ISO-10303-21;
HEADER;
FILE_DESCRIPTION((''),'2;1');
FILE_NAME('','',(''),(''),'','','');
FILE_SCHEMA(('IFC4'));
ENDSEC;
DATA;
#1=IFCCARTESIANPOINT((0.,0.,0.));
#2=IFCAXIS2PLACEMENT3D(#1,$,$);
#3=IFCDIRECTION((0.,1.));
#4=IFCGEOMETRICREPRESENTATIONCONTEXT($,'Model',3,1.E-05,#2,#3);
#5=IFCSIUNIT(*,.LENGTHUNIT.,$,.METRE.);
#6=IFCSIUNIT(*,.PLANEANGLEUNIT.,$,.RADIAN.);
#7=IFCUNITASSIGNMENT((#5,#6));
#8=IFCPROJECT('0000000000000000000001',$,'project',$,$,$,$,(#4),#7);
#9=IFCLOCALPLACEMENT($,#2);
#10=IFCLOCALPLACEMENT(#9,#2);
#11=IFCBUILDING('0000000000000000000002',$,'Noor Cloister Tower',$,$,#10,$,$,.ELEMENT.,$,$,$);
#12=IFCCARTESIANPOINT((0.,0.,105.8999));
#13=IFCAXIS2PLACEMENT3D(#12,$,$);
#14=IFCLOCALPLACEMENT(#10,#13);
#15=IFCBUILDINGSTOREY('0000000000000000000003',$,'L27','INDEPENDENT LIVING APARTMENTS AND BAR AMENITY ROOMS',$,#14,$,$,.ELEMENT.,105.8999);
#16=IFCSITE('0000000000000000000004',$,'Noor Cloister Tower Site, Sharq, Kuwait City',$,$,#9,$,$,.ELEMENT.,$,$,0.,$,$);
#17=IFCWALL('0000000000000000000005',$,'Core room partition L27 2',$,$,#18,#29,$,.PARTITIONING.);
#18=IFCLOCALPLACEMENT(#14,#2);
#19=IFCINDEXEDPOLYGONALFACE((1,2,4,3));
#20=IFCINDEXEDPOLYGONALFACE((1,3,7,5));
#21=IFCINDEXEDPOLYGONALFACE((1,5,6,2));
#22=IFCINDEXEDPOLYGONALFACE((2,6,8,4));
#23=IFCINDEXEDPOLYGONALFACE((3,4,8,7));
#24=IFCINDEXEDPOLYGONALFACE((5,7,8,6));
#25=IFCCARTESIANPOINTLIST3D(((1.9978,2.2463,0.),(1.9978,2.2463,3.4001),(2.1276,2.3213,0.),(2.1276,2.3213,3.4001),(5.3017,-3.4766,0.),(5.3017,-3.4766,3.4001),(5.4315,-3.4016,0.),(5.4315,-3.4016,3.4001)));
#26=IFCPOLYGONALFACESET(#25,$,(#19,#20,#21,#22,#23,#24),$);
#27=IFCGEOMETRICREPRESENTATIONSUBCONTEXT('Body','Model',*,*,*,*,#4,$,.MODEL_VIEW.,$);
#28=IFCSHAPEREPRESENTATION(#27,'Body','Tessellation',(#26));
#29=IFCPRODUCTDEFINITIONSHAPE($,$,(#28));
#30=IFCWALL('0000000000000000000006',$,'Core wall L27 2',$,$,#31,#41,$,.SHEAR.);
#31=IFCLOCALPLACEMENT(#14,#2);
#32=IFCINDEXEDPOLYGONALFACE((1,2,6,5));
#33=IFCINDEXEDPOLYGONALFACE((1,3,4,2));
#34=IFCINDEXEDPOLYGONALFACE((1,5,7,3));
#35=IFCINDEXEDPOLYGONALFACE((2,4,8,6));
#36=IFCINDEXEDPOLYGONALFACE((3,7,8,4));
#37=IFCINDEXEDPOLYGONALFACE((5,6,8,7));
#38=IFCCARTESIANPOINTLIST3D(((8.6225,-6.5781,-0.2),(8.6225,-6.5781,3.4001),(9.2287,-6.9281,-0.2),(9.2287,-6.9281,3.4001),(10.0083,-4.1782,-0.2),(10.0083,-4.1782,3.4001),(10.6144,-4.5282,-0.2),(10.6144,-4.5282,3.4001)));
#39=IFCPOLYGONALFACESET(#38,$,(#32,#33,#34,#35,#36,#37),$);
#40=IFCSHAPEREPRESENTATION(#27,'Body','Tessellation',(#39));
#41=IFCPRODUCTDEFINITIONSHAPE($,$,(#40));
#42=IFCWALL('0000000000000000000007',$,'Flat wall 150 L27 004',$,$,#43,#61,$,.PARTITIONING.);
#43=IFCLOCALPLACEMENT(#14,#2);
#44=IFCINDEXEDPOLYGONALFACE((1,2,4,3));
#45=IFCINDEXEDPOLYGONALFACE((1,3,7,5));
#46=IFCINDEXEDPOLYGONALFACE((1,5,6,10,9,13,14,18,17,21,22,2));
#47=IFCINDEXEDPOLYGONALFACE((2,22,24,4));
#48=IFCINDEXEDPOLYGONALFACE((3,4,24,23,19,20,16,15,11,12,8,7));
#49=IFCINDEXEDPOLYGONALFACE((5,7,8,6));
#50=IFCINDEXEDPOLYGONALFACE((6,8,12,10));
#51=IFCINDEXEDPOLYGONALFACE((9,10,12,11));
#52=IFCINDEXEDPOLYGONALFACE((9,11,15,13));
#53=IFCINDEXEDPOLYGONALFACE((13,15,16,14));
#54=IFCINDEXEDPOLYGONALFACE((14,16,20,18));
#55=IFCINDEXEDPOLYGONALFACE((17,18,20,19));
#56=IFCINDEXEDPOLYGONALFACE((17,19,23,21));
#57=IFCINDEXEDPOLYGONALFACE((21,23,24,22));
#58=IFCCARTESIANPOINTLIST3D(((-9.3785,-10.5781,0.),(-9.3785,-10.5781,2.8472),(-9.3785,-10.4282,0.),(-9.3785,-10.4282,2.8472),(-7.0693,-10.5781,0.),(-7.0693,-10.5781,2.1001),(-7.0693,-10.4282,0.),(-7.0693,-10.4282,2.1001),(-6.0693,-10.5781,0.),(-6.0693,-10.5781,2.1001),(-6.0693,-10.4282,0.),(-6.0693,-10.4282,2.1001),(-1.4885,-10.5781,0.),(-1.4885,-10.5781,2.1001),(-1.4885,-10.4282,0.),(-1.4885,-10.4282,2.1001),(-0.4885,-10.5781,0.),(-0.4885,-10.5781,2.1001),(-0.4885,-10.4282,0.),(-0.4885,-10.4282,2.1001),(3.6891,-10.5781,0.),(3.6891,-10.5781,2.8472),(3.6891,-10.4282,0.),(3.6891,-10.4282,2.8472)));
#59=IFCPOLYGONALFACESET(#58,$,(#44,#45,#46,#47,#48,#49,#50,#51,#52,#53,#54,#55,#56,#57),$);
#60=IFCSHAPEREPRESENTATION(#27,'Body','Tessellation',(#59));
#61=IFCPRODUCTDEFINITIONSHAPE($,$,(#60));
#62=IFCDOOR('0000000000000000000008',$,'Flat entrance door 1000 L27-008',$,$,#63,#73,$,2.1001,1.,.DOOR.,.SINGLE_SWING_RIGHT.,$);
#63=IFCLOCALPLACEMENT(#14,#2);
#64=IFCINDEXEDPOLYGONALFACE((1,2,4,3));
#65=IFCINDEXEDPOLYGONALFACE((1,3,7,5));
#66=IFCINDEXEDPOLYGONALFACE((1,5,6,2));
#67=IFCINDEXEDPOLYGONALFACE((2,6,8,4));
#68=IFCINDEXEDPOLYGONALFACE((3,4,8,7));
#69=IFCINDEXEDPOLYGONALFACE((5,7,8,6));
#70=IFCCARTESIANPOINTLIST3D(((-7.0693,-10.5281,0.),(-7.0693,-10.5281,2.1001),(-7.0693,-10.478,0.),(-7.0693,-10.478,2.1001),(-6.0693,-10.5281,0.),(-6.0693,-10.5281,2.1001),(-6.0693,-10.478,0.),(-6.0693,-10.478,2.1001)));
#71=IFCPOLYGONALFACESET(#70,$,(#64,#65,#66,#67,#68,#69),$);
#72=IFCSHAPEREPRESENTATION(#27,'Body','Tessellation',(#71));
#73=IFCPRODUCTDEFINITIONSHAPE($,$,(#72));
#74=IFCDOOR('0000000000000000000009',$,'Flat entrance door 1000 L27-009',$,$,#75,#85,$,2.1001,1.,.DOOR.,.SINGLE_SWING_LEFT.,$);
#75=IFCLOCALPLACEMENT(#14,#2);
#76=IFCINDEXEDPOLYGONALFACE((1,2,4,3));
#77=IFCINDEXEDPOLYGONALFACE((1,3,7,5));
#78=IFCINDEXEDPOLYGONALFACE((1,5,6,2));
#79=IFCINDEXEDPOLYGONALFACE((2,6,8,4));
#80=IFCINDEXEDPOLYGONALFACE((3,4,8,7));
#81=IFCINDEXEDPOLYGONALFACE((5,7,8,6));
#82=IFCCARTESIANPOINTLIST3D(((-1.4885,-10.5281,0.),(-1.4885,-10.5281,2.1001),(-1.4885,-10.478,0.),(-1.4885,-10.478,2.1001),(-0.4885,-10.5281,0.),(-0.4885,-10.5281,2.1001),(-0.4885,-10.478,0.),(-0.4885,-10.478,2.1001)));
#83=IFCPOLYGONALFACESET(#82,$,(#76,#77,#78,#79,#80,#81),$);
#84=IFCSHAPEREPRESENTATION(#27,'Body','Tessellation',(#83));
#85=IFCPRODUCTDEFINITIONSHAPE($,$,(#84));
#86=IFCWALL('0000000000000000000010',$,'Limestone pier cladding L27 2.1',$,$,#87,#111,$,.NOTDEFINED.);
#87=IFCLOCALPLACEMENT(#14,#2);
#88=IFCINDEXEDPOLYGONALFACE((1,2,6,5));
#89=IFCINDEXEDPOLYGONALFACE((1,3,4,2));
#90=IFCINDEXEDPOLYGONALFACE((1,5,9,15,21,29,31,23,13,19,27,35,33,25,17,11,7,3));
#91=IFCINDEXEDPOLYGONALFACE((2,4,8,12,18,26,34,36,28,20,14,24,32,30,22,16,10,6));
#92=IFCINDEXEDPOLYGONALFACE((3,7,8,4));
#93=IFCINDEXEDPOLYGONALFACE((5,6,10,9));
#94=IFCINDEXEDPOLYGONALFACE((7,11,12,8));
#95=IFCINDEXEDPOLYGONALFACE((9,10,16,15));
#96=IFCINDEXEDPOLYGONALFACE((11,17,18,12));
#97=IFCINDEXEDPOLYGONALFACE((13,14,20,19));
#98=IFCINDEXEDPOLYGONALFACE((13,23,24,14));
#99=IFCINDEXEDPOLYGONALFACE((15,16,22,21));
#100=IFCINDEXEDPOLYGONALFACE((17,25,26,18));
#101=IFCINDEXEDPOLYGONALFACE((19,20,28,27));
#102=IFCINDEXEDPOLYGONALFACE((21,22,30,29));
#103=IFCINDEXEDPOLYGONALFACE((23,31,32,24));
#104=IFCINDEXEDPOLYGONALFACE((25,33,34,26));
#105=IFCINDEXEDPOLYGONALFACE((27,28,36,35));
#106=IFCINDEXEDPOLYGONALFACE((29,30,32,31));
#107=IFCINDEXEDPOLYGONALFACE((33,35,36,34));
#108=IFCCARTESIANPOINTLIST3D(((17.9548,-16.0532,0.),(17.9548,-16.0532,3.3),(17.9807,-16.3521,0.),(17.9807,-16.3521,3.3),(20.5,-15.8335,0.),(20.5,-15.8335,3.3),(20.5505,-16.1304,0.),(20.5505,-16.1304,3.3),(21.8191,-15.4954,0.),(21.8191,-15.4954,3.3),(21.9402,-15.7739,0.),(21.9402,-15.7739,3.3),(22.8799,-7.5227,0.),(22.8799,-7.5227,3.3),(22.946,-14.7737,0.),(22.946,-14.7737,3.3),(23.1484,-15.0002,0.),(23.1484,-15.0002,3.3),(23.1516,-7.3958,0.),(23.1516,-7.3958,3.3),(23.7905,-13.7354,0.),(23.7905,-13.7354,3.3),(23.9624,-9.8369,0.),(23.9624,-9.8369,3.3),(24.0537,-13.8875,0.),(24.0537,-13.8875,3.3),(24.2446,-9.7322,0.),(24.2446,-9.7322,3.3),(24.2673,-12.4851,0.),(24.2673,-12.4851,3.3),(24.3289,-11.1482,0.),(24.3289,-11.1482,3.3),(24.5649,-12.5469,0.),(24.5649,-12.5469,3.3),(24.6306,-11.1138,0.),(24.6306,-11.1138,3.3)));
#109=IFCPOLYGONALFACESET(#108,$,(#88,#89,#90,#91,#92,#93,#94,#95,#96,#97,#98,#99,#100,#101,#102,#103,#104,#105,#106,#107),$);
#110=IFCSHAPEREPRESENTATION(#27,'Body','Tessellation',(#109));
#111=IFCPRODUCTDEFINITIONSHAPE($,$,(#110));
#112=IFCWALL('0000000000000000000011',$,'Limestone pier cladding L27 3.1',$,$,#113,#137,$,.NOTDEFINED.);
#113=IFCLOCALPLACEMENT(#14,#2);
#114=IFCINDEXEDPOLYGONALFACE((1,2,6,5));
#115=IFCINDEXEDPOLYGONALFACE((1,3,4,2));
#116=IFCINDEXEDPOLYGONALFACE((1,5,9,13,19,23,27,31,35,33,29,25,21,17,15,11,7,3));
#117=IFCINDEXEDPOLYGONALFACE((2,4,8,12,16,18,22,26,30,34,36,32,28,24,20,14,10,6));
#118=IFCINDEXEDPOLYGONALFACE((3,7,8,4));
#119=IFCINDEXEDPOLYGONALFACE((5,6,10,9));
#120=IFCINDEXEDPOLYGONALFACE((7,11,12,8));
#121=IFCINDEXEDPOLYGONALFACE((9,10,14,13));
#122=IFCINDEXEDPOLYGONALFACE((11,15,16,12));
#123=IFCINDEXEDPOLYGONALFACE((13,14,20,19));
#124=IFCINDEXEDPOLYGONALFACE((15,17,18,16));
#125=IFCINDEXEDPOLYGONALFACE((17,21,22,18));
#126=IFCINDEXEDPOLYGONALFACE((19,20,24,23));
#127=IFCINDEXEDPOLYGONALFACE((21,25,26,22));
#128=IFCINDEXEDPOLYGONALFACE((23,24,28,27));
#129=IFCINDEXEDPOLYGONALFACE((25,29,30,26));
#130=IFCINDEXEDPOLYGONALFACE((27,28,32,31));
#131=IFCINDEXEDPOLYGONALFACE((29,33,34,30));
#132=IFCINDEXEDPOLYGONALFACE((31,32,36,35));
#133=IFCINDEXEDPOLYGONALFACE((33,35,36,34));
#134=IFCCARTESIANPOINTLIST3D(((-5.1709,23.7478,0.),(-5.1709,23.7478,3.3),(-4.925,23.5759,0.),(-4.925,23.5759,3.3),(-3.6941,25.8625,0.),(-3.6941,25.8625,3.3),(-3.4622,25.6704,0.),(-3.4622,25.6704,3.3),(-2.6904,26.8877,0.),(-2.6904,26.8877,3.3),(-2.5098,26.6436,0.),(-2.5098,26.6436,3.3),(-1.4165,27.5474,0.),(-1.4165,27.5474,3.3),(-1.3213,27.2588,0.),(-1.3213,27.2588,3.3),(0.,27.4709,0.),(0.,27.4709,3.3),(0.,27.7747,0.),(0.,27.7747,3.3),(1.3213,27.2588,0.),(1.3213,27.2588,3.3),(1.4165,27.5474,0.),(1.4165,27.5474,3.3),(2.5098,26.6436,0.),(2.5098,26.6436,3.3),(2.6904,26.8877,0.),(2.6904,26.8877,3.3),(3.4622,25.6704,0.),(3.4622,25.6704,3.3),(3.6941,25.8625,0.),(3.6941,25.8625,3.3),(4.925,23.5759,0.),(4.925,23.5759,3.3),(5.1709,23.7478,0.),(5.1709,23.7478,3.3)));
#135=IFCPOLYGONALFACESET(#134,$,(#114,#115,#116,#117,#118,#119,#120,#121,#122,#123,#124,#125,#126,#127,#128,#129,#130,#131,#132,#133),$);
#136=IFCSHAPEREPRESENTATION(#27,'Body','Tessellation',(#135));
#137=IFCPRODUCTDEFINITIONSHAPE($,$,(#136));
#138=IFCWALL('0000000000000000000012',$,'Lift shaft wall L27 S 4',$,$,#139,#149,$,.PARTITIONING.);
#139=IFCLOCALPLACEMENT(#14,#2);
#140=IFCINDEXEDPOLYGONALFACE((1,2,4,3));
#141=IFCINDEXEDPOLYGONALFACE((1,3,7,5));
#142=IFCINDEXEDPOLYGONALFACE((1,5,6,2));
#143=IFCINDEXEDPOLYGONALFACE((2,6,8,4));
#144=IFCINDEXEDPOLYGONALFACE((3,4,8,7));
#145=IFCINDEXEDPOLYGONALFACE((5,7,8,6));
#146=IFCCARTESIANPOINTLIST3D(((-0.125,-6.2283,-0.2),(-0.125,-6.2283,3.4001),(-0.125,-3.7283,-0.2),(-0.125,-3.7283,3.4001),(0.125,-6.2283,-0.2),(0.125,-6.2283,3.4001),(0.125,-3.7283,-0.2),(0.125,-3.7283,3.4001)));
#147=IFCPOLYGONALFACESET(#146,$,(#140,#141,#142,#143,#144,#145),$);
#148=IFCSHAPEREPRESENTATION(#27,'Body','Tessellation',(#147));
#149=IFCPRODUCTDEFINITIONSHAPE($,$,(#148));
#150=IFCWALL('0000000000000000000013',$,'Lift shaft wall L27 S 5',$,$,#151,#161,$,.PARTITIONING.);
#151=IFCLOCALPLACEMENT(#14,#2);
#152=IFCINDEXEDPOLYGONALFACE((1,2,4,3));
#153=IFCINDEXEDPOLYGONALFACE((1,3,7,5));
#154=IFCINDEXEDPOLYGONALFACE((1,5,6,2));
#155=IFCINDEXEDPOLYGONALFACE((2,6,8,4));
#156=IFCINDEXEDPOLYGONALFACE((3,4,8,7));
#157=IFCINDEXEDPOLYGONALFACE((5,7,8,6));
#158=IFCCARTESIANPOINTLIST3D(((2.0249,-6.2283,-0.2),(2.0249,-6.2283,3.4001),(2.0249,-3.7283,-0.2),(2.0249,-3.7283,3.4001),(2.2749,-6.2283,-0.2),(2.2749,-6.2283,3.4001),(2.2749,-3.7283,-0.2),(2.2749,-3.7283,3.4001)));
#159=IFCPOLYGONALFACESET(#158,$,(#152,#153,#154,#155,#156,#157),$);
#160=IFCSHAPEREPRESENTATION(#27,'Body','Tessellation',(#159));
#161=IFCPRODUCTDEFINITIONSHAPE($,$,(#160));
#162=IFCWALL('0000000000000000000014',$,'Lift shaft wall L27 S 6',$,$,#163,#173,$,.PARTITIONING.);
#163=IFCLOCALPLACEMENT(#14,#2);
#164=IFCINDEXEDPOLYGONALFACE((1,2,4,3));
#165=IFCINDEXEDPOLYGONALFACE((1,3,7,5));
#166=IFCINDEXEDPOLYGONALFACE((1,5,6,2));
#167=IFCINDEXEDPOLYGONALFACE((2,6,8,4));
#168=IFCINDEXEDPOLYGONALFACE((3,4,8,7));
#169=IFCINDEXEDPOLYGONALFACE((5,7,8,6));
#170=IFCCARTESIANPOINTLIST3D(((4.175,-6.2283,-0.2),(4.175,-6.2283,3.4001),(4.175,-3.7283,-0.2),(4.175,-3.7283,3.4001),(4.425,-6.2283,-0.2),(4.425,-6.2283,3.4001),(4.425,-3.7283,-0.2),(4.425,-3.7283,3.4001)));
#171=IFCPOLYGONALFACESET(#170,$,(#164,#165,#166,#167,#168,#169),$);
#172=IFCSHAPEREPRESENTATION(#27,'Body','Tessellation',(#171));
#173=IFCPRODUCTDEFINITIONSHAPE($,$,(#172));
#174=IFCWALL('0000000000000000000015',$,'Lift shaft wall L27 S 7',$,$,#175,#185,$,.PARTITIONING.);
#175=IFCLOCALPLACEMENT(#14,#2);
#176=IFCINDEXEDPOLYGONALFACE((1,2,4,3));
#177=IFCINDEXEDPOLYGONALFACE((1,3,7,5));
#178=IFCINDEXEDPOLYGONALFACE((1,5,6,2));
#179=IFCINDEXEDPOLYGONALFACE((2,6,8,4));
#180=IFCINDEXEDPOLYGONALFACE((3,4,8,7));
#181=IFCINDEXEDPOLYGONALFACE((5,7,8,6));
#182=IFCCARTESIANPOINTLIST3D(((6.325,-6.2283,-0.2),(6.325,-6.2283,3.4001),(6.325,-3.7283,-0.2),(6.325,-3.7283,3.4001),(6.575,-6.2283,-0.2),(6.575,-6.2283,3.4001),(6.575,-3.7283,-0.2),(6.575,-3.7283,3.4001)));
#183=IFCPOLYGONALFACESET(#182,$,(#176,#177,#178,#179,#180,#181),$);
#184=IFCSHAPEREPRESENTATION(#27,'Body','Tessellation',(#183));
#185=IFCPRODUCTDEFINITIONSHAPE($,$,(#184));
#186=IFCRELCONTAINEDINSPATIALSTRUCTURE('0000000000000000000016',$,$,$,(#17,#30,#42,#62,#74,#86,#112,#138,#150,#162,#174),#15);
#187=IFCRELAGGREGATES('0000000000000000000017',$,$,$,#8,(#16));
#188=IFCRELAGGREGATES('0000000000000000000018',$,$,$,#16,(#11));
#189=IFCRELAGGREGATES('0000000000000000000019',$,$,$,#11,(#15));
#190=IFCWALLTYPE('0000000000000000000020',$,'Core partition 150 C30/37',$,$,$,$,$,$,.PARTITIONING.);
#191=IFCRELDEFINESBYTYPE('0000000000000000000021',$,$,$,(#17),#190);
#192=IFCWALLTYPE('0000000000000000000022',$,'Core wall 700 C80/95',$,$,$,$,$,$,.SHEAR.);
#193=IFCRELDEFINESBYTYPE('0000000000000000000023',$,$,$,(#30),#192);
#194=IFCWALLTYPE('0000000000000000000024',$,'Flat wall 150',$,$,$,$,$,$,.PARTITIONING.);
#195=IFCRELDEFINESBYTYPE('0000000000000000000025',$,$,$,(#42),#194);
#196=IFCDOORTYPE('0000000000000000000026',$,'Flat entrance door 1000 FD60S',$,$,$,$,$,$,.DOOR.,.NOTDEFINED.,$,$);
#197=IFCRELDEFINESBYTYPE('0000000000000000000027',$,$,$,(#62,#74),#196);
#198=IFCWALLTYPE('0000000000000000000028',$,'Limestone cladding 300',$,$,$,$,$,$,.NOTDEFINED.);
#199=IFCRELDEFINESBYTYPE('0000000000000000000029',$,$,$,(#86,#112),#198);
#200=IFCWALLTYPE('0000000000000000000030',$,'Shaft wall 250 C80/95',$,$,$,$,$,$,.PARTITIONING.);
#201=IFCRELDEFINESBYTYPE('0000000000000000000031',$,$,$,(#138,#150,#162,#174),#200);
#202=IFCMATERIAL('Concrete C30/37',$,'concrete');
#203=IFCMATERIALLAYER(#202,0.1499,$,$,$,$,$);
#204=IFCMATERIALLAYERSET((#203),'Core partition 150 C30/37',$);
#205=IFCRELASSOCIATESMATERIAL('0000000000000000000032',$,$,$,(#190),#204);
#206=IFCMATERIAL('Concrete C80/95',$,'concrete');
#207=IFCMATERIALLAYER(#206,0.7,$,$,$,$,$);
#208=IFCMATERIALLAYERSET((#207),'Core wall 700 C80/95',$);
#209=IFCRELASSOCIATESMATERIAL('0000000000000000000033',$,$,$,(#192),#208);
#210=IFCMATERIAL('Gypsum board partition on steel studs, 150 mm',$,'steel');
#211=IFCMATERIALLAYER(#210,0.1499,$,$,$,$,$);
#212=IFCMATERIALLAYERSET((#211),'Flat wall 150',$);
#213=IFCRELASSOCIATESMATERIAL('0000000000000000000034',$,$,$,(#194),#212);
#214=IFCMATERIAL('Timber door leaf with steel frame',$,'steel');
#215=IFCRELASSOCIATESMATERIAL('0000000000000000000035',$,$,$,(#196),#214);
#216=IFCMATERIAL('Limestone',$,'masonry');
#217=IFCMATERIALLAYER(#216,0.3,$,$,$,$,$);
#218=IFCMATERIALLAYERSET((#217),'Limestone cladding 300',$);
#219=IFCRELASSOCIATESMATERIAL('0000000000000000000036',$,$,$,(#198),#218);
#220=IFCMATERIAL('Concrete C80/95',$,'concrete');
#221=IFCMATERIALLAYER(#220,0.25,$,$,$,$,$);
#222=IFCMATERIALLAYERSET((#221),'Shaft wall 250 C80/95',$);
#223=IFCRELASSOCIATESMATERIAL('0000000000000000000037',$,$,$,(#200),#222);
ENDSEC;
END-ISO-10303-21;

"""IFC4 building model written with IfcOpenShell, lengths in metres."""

from ifc_helpers import new_model, si_unit, direction, frame, frame_2d, origin, place, context, subcontext, project, spatial, polyline, rectangle, outline, extrude, material, layer, layer_set, type_object, element, fill, save


model = new_model("IFC4")

# Units and contexts
model_context = context("Model", 3, precision=1e-05, world=origin(), true_north=direction((0.0, 1.0)))
body_context = subcontext(model_context, "Body", "Model", "MODEL_VIEW")
ifc_project = project(units=[si_unit("LENGTHUNIT", "METRE"), si_unit("PLANEANGLEUNIT", "RADIAN")], contexts=[model_context])

# Site, building, storey
site_placement = place(None, origin())
site = spatial("IfcSite", under=ifc_project, at=site_placement, Name="Noor Cloister Tower Site, Sharq, Kuwait City", CompositionType="ELEMENT", RefElevation=0.0)
building_placement = place(site_placement, origin())
building = spatial("IfcBuilding", under=site, at=building_placement, Name="Noor Cloister Tower", CompositionType="ELEMENT")
storey_placement = place(building_placement, frame((0.0, 0.0, 105.8999)))
storey = spatial("IfcBuildingStorey", under=building, at=storey_placement, Name="L27", Description="INDEPENDENT LIVING APARTMENTS AND BAR AMENITY ROOMS", CompositionType="ELEMENT", Elevation=105.8999)

# Walls
ifc_material_1 = material(Name="Concrete C30/37", Category="concrete")
ifc_layer_1 = layer(ifc_material_1, 0.1499)
ifc_layer_set_1 = layer_set([ifc_layer_1], Name="Core partition 150 C30/37")
wall_type_1 = type_object("IfcWallType", Name="Core partition 150 C30/37", PredefinedType="PARTITIONING", material=ifc_layer_set_1)
wall_1_placement = place(storey_placement, frame((5.3667, -3.4392, 0.0), z_axis=(0.0, 0.0, 1.0), x_axis=(-0.499981, 0.866036, 0.0)))
element("IfcWall", 1, at=wall_1_placement, inside=storey, type_object=wall_type_1, Name="Core room partition L27 2", PredefinedType="PARTITIONING", context=body_context, shape_type="SweptSolid", body=[
    extrude(rectangle(XDim=6.6082, YDim=0.1499, at=frame_2d((3.3042, 0.0))), origin(), (0.0, 0.0, 1.0), 3.4001),
])
ifc_material_2 = material(Name="Concrete C80/95", Category="concrete")
ifc_layer_2 = layer(ifc_material_2, 0.7)
ifc_layer_set_2 = layer_set([ifc_layer_2], Name="Core wall 700 C80/95")
wall_type_2 = type_object("IfcWallType", Name="Core wall 700 C80/95", PredefinedType="SHEAR", material=ifc_layer_set_2)
wall_2_placement = place(storey_placement, frame((8.9255, -6.7532, -0.2), z_axis=(0.0, 0.0, 1.0), x_axis=(0.500043, 0.866001, 0.0)))
element("IfcWall", 2, at=wall_2_placement, inside=storey, type_object=wall_type_2, Name="Core wall L27 2", PredefinedType="SHEAR", context=body_context, shape_type="SweptSolid", body=[
    extrude(rectangle(XDim=2.7712, YDim=0.7, at=frame_2d((1.3857, 0.0))), origin(), (0.0, 0.0, 1.0), 3.6001),
])

# Wall, openings, doors
ifc_material_3 = material(Name="Gypsum board partition on steel studs, 150 mm", Category="steel")
ifc_layer_3 = layer(ifc_material_3, 0.1499)
ifc_layer_set_3 = layer_set([ifc_layer_3], Name="Flat wall 150")
wall_type_3 = type_object("IfcWallType", Name="Flat wall 150", PredefinedType="PARTITIONING", material=ifc_layer_set_3)
wall_3_placement = place(storey_placement, frame((3.689, -10.5032, 0.0), z_axis=(0.0, 0.0, 1.0), x_axis=(-1.0, 0.0, 0.0)))
wall_3 = element("IfcWall", 3, at=wall_3_placement, inside=storey, type_object=wall_type_3, Name="Flat wall 150 L27 004", PredefinedType="PARTITIONING", context=body_context, shape_type="SweptSolid", body=[
    extrude(rectangle(XDim=13.0676, YDim=0.1499, at=frame_2d((6.5337, 0.0))), origin(), (0.0, 0.0, 1.0), 2.8472),
])
opening_1_placement = place(wall_3_placement, frame((9.7583, 0.0, 0.0)))
opening_1 = element("IfcOpeningElement", 4, at=opening_1_placement, cuts=wall_3, PredefinedType="OPENING", context=body_context, shape_type="SweptSolid", body=[
    extrude(rectangle(XDim=1.0, YDim=2.1001, at=frame_2d((0.5, 1.05))), frame((0.0, 0.085, 0.0), z_axis=(0.0, -1.0, 0.0), x_axis=(1.0, 0.0, 0.0)), (0.0, 0.0, 1.0), 0.1699),
])
opening_2_placement = place(wall_3_placement, frame((4.1775, 0.0, 0.0)))
opening_2 = element("IfcOpeningElement", 5, at=opening_2_placement, cuts=wall_3, PredefinedType="OPENING", context=body_context, shape_type="SweptSolid", body=[
    extrude(rectangle(XDim=1.0, YDim=2.1001, at=frame_2d((0.5, 1.05))), frame((0.0, 0.085, 0.0), z_axis=(0.0, -1.0, 0.0), x_axis=(1.0, 0.0, 0.0)), (0.0, 0.0, 1.0), 0.1699),
])
ifc_material_4 = material(Name="Timber door leaf with steel frame", Category="steel")
door_type_1 = type_object("IfcDoorType", Name="Flat entrance door 1000 FD60S", OperationType="NOTDEFINED", PredefinedType="DOOR", material=ifc_material_4)
door_1_placement = place(opening_1_placement, origin())
door_1 = element("IfcDoor", 6, at=door_1_placement, inside=storey, type_object=door_type_1, Name="Flat entrance door 1000 L27-008", OperationType="SINGLE_SWING_RIGHT", OverallHeight=2.1001, OverallWidth=1.0, PredefinedType="DOOR", context=body_context, shape_type="SweptSolid", body=[
    extrude(rectangle(XDim=1.0, YDim=2.1001, at=frame_2d((0.5, 1.05))), frame((0.0, 0.0249, 0.0), z_axis=(0.0, -1.0, 0.0), x_axis=(1.0, 0.0, 0.0)), (0.0, 0.0, 1.0), 0.05),
])
fill(opening_1, door_1)
door_2_placement = place(opening_2_placement, origin())
door_2 = element("IfcDoor", 7, at=door_2_placement, inside=storey, type_object=door_type_1, Name="Flat entrance door 1000 L27-009", OperationType="SINGLE_SWING_LEFT", OverallHeight=2.1001, OverallWidth=1.0, PredefinedType="DOOR", context=body_context, shape_type="SweptSolid", body=[
    extrude(rectangle(XDim=1.0, YDim=2.1001, at=frame_2d((0.5, 1.05))), frame((0.0, 0.0249, 0.0), z_axis=(0.0, -1.0, 0.0), x_axis=(1.0, 0.0, 0.0)), (0.0, 0.0, 1.0), 0.05),
])
fill(opening_2, door_2)

# Walls
ifc_material_5 = material(Name="Limestone", Category="masonry")
ifc_layer_4 = layer(ifc_material_5, 0.3)
ifc_layer_set_4 = layer_set([ifc_layer_4], Name="Limestone cladding 300")
wall_type_4 = type_object("IfcWallType", Name="Limestone cladding 300", PredefinedType="NOTDEFINED", material=ifc_layer_set_4)
wall_4_placement = place(storey_placement, origin())
element("IfcWall", 8, at=wall_4_placement, inside=storey, type_object=wall_type_4, Name="Limestone pier cladding L27 2.1", PredefinedType="NOTDEFINED", context=body_context, shape_type="SweptSolid", body=[
    extrude(outline(polyline([(17.9807, -16.3521), (20.5505, -16.1304), (21.9402, -15.7739), (23.1484, -15.0002), (24.0537, -13.8875), (24.5649, -12.5469), (24.6306, -11.1138), (24.2446, -9.7322), (23.1516, -7.3958), (22.8799, -7.5227), (23.9624, -9.8369), (24.3289, -11.1482), (24.2673, -12.4851), (23.7905, -13.7354), (22.946, -14.7737), (21.8191, -15.4954), (20.5, -15.8335), (17.9548, -16.0532), (17.9807, -16.3521)])), origin(), (0.0, 0.0, 1.0), 3.3),
])
wall_5_placement = place(storey_placement, origin())
element("IfcWall", 9, at=wall_5_placement, inside=storey, type_object=wall_type_4, Name="Limestone pier cladding L27 3.1", PredefinedType="NOTDEFINED", context=body_context, shape_type="SweptSolid", body=[
    extrude(outline(polyline([(5.1709, 23.7478), (3.6941, 25.8625), (2.6904, 26.8877), (1.4165, 27.5474), (0.0, 27.7747), (-1.4165, 27.5474), (-2.6904, 26.8877), (-3.6941, 25.8625), (-5.1709, 23.7478), (-4.925, 23.5759), (-3.4622, 25.6704), (-2.5098, 26.6436), (-1.3213, 27.2588), (0.0, 27.4709), (1.3213, 27.2588), (2.5098, 26.6436), (3.4622, 25.6704), (4.925, 23.5759), (5.1709, 23.7478)])), origin(), (0.0, 0.0, 1.0), 3.3),
])
ifc_material_6 = material(Name="Concrete C80/95", Category="concrete")
ifc_layer_5 = layer(ifc_material_6, 0.25)
ifc_layer_set_5 = layer_set([ifc_layer_5], Name="Shaft wall 250 C80/95")
wall_type_5 = type_object("IfcWallType", Name="Shaft wall 250 C80/95", PredefinedType="PARTITIONING", material=ifc_layer_set_5)
for number, where, z_axis, x_axis, name in (
    (10, (0.0, -6.2283, -0.2), (0.0, 0.0, 1.0), (0.0, 1.0, 0.0), "Lift shaft wall L27 S 4"),
    (11, (2.1499, -6.2283, -0.2), (0.0, 0.0, 1.0), (0.0, 1.0, 0.0), "Lift shaft wall L27 S 5"),
    (12, (4.3, -6.2283, -0.2), (0.0, 0.0, 1.0), (0.0, 1.0, 0.0), "Lift shaft wall L27 S 6"),
    (13, (6.45, -6.2283, -0.2), (0.0, 0.0, 1.0), (0.0, 1.0, 0.0), "Lift shaft wall L27 S 7"),
):
    element("IfcWall", number, at=place(storey_placement, frame(where, z_axis=z_axis, x_axis=x_axis)), inside=storey, type_object=wall_type_5, Name=name, PredefinedType="PARTITIONING", context=body_context, shape_type="SweptSolid", body=[
        extrude(rectangle(XDim=2.5, YDim=0.25, at=frame_2d((1.25, 0.0))), origin(), (0.0, 0.0, 1.0), 3.6001),
    ])

save(model, "model.ifc")
